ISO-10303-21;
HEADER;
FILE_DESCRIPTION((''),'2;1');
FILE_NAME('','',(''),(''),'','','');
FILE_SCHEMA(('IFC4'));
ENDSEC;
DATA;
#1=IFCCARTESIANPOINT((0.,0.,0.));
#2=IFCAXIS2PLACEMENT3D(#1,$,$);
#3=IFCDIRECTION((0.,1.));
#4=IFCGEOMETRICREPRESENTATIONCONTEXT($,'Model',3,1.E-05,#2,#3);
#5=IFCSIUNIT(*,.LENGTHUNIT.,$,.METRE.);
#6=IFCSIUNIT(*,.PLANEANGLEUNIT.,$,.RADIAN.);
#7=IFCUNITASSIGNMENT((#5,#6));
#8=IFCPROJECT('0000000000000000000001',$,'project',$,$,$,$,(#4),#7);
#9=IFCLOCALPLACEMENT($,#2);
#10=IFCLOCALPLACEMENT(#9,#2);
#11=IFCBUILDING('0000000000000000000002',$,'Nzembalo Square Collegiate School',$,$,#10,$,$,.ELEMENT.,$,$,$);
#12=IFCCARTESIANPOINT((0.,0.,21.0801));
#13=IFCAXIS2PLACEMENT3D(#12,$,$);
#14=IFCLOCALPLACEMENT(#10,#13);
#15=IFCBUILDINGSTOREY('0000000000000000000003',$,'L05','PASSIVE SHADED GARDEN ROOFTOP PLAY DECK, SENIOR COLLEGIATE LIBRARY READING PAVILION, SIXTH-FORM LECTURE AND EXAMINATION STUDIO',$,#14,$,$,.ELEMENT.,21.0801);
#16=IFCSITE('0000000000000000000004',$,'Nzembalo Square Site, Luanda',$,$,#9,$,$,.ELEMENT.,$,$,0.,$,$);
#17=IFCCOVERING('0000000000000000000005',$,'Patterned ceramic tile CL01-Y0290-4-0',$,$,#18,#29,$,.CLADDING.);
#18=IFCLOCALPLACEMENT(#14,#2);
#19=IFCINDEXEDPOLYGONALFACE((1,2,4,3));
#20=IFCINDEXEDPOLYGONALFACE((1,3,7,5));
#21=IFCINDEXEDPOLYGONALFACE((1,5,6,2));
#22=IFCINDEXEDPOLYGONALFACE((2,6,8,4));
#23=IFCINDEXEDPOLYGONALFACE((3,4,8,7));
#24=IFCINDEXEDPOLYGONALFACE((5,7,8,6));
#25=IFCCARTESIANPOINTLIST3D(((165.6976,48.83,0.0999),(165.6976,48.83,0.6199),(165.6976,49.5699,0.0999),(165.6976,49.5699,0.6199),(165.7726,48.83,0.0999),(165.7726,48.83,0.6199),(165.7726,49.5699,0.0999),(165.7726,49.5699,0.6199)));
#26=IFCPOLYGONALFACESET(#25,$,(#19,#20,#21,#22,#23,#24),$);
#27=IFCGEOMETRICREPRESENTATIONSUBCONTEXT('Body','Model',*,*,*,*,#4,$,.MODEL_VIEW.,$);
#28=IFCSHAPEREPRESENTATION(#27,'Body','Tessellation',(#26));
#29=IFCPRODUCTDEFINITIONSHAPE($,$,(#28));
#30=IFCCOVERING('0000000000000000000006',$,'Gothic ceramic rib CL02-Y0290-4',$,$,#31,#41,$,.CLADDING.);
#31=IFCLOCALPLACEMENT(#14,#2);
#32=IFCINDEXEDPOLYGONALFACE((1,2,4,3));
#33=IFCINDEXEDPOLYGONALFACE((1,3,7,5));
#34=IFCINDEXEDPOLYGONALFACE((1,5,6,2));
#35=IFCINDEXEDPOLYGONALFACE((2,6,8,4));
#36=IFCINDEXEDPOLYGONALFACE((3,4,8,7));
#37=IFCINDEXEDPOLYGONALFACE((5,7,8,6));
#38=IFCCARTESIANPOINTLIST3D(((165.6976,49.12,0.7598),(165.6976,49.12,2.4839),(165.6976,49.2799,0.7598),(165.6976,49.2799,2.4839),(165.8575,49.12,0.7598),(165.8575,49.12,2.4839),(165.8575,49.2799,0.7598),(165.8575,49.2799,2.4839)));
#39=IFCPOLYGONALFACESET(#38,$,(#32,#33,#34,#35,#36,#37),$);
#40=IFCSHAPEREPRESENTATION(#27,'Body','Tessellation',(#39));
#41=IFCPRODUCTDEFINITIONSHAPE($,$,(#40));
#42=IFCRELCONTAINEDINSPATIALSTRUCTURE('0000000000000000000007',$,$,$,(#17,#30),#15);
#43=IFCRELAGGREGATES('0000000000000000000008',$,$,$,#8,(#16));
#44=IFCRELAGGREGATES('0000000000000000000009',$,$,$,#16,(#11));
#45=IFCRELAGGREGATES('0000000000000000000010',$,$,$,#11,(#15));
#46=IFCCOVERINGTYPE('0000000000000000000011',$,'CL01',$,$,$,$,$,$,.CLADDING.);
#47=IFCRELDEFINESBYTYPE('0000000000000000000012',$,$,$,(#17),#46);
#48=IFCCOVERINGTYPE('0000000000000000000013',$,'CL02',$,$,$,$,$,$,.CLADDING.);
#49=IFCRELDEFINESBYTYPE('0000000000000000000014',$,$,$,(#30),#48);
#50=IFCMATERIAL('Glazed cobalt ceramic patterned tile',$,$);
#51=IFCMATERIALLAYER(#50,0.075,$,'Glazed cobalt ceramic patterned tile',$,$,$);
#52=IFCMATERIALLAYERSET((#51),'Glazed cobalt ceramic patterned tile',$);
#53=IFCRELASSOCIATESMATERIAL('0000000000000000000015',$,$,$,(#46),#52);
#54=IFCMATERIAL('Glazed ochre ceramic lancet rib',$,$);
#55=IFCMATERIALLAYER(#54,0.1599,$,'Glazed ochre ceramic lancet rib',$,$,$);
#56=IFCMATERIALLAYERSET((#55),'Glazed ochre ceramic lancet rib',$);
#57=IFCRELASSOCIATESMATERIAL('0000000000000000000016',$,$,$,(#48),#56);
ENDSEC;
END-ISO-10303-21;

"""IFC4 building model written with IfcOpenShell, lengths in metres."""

from ifc_helpers import new_model, si_unit, direction, frame, origin, origin_2d, place, context, subcontext, project, spatial, rectangle, extrude, material, layer, layer_set, type_object, element, save


model = new_model("IFC4")

# Units and contexts
model_context = context("Model", 3, precision=1e-05, world=origin(), true_north=direction((0.0, 1.0)))
body_context = subcontext(model_context, "Body", "Model", "MODEL_VIEW")
ifc_project = project(units=[si_unit("LENGTHUNIT", "METRE"), si_unit("PLANEANGLEUNIT", "RADIAN")], contexts=[model_context])

# Site, building, storey
site_placement = place(None, origin())
site = spatial("IfcSite", under=ifc_project, at=site_placement, Name="Nzembalo Square Site, Luanda", CompositionType="ELEMENT", RefElevation=0.0)
building_placement = place(site_placement, origin())
building = spatial("IfcBuilding", under=site, at=building_placement, Name="Nzembalo Square Collegiate School", CompositionType="ELEMENT")
storey_placement = place(building_placement, frame((0.0, 0.0, 21.0801)))
storey = spatial("IfcBuildingStorey", under=building, at=storey_placement, Name="L05", Description="PASSIVE SHADED GARDEN ROOFTOP PLAY DECK, SENIOR COLLEGIATE LIBRARY READING PAVILION, SIXTH-FORM LECTURE AND EXAMINATION STUDIO", CompositionType="ELEMENT", Elevation=21.0801)

# Coverings
ifc_material_1 = material(Name="Glazed cobalt ceramic patterned tile")
ifc_layer_1 = layer(ifc_material_1, 0.075, Name="Glazed cobalt ceramic patterned tile")
ifc_layer_set_1 = layer_set([ifc_layer_1], Name="Glazed cobalt ceramic patterned tile")
covering_type_1 = type_object("IfcCoveringType", Name="CL01", PredefinedType="CLADDING", material=ifc_layer_set_1)
covering_1_placement = place(storey_placement, frame((165.7351, 49.2, 0.0999), z_axis=(0.0, 0.0, 1.0), x_axis=(1.0, 0.0, 0.0)))
element("IfcCovering", 1, at=covering_1_placement, inside=storey, type_object=covering_type_1, Name="Patterned ceramic tile CL01-Y0290-4-0", PredefinedType="CLADDING", context=body_context, shape_type="SweptSolid", body=[
    extrude(rectangle(XDim=0.075, YDim=0.74, at=origin_2d()), origin(), (0.0, 0.0, 1.0), 0.52),
])
ifc_material_2 = material(Name="Glazed ochre ceramic lancet rib")
ifc_layer_2 = layer(ifc_material_2, 0.1599, Name="Glazed ochre ceramic lancet rib")
ifc_layer_set_2 = layer_set([ifc_layer_2], Name="Glazed ochre ceramic lancet rib")
covering_type_2 = type_object("IfcCoveringType", Name="CL02", PredefinedType="CLADDING", material=ifc_layer_set_2)
covering_2_placement = place(storey_placement, frame((165.7776, 49.2, 0.7598), z_axis=(0.0, 0.0, 1.0), x_axis=(1.0, 0.0, 0.0)))
element("IfcCovering", 2, at=covering_2_placement, inside=storey, type_object=covering_type_2, Name="Gothic ceramic rib CL02-Y0290-4", PredefinedType="CLADDING", context=body_context, shape_type="SweptSolid", body=[
    extrude(rectangle(XDim=0.1599, YDim=0.1599, at=origin_2d()), origin(), (0.0, 0.0, 1.0), 1.7241),
])

save(model, "model.ifc")
